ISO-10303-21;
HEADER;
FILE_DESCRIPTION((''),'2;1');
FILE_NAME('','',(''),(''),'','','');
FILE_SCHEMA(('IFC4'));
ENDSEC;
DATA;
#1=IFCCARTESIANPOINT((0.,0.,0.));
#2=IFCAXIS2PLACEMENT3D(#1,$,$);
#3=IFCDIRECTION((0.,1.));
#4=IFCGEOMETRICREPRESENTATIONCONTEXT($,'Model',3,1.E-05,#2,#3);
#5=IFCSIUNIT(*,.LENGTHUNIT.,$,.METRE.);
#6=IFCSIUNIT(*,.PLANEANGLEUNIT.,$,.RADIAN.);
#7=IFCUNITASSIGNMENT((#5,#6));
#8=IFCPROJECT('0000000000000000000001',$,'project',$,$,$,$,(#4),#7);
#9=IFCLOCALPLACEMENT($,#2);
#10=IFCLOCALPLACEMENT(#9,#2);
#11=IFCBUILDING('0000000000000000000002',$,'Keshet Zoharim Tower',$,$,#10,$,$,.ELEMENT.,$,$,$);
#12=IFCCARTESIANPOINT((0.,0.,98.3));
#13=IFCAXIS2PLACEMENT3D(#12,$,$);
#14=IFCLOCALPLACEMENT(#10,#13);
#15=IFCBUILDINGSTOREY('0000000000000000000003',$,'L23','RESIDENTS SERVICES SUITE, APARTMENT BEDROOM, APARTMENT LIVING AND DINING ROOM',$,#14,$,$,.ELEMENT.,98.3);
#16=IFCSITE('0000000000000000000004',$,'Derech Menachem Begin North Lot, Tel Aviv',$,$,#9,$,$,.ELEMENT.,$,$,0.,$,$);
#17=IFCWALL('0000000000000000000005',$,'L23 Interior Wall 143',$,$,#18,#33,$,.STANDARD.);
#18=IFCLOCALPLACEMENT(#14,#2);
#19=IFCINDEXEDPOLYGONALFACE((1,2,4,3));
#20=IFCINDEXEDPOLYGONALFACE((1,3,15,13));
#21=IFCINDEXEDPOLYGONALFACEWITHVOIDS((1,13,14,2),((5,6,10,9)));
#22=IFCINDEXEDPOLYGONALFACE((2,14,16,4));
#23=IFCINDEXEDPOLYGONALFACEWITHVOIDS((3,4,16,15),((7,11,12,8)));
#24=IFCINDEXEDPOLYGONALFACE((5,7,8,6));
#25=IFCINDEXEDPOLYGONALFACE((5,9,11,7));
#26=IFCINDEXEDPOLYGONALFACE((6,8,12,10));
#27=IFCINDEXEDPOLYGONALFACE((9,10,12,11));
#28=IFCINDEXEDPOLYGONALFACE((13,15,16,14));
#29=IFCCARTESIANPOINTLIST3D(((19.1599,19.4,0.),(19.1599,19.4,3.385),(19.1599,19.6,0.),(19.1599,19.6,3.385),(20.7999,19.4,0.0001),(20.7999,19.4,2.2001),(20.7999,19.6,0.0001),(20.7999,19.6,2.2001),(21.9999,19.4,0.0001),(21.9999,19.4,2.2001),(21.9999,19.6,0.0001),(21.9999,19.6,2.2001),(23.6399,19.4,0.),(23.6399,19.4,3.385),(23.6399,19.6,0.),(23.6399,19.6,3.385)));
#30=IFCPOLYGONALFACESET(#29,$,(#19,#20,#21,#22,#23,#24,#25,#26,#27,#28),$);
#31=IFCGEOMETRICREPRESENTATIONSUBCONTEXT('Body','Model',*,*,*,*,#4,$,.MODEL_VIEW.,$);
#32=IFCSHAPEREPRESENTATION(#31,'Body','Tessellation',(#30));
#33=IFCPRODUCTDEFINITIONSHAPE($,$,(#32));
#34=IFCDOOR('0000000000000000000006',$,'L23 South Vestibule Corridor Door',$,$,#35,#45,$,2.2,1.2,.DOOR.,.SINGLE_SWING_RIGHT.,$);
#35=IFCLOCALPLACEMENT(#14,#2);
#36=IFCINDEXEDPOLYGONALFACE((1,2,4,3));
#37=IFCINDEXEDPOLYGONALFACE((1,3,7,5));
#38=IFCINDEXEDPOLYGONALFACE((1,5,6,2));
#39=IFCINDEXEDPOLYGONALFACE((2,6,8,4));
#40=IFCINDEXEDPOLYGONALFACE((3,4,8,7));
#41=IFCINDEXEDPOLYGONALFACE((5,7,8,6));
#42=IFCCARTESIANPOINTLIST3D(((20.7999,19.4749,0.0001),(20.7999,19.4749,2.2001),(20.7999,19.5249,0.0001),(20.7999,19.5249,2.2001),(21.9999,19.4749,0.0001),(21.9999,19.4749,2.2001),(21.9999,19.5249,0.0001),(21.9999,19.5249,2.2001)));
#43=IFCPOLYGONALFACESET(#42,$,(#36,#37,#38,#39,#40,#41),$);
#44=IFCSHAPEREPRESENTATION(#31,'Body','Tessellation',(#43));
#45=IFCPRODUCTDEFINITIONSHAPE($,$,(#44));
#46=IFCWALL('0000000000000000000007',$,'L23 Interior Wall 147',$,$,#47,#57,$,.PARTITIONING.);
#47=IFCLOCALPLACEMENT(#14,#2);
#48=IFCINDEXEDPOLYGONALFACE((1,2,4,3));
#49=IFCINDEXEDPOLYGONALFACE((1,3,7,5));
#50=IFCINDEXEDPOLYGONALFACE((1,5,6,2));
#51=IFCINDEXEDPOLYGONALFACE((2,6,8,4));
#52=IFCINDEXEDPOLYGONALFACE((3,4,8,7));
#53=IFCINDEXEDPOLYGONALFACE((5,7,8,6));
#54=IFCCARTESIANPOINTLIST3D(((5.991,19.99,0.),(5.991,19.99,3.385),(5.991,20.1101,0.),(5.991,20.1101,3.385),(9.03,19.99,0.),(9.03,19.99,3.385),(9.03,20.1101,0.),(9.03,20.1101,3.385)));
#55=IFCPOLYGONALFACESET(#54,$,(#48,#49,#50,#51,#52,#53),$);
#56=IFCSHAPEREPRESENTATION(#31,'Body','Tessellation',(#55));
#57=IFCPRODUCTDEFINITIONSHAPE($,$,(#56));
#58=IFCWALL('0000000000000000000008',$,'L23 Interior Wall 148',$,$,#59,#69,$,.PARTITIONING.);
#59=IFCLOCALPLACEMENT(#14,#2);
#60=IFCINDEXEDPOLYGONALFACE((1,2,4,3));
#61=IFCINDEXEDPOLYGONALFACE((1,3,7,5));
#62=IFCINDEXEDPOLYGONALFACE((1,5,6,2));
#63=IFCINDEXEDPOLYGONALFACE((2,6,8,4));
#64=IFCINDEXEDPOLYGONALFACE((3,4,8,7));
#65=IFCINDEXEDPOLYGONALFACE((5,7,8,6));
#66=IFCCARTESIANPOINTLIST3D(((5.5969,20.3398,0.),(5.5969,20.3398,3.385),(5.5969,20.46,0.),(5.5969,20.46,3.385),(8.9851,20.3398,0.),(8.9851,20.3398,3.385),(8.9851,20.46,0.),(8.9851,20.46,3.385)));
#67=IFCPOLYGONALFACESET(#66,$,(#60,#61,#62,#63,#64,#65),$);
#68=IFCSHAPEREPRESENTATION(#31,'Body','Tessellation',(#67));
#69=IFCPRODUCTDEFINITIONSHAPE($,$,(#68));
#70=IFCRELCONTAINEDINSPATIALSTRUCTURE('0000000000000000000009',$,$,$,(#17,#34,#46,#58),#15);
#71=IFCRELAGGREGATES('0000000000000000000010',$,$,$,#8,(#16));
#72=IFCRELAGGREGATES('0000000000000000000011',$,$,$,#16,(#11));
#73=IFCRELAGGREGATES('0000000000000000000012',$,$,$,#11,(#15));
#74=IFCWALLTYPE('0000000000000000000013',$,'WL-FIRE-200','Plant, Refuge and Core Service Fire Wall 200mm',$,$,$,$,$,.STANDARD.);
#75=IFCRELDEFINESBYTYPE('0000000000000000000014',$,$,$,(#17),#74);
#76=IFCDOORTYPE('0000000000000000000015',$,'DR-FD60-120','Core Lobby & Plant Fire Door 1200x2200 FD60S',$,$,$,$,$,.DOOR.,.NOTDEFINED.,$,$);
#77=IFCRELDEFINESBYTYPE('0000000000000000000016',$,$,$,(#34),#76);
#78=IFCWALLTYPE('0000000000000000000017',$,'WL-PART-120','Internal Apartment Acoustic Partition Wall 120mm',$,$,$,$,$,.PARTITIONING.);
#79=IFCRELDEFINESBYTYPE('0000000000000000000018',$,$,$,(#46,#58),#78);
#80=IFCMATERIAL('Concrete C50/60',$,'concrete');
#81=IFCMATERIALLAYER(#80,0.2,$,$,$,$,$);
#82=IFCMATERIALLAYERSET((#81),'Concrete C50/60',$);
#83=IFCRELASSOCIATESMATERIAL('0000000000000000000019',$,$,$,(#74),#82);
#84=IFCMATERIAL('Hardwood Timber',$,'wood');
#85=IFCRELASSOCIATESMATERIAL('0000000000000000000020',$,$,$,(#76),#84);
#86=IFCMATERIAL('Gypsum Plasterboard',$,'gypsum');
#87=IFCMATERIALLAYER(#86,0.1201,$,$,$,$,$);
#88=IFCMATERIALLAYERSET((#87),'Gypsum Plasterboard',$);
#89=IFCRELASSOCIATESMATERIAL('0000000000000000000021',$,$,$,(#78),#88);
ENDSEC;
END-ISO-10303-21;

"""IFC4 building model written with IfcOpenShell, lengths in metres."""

from ifc_helpers import new_model, si_unit, direction, frame, frame_2d, origin, place, context, subcontext, project, spatial, rectangle, extrude, material, layer, layer_set, type_object, element, fill, save


model = new_model("IFC4")

# Units and contexts
model_context = context("Model", 3, precision=1e-05, world=origin(), true_north=direction((0.0, 1.0)))
body_context = subcontext(model_context, "Body", "Model", "MODEL_VIEW")
ifc_project = project(units=[si_unit("LENGTHUNIT", "METRE"), si_unit("PLANEANGLEUNIT", "RADIAN")], contexts=[model_context])

# Site, building, storey
site_placement = place(None, origin())
site = spatial("IfcSite", under=ifc_project, at=site_placement, Name="Derech Menachem Begin North Lot, Tel Aviv", CompositionType="ELEMENT", RefElevation=0.0)
building_placement = place(site_placement, origin())
building = spatial("IfcBuilding", under=site, at=building_placement, Name="Keshet Zoharim Tower", CompositionType="ELEMENT")
storey_placement = place(building_placement, frame((0.0, 0.0, 98.3)))
storey = spatial("IfcBuildingStorey", under=building, at=storey_placement, Name="L23", Description="RESIDENTS SERVICES SUITE, APARTMENT BEDROOM, APARTMENT LIVING AND DINING ROOM", CompositionType="ELEMENT", Elevation=98.3)

# Wall, opening, door
ifc_material_1 = material(Name="Concrete C50/60", Category="concrete")
ifc_layer_1 = layer(ifc_material_1, 0.2)
ifc_layer_set_1 = layer_set([ifc_layer_1], Name="Concrete C50/60")
wall_type_1 = type_object("IfcWallType", Name="WL-FIRE-200", Description="Plant, Refuge and Core Service Fire Wall 200mm", PredefinedType="STANDARD", material=ifc_layer_set_1)
ifc_material_2 = material(Name="Hardwood Timber", Category="wood")
wall_1_placement = place(storey_placement, frame((19.1599, 19.5, 0.0), z_axis=(0.0, 0.0, 1.0), x_axis=(1.0, 0.0, 0.0)))
wall_1 = element("IfcWall", 1, at=wall_1_placement, inside=storey, type_object=wall_type_1, Name="L23 Interior Wall 143", PredefinedType="STANDARD", context=body_context, shape_type="SweptSolid", body=[
    extrude(rectangle(XDim=4.48, YDim=0.2, at=frame_2d((2.24, 0.0))), origin(), (0.0, 0.0, 1.0), 3.385),
])
opening_1_placement = place(wall_1_placement, frame((1.6399, 0.0, 0.0)))
opening_1 = element("IfcOpeningElement", 2, at=opening_1_placement, cuts=wall_1, PredefinedType="OPENING", context=body_context, shape_type="SweptSolid", body=[
    extrude(rectangle(XDim=1.2, YDim=2.2, at=frame_2d((0.6001, 1.1001))), frame((0.0, 0.1099, 0.0), z_axis=(0.0, -1.0, 0.0), x_axis=(1.0, 0.0, 0.0)), (0.0, 0.0, 1.0), 0.22),
])
door_type_1 = type_object("IfcDoorType", Name="DR-FD60-120", Description="Core Lobby & Plant Fire Door 1200x2200 FD60S", OperationType="NOTDEFINED", PredefinedType="DOOR", material=ifc_material_2)
door_1_placement = place(opening_1_placement, origin())
door_1 = element("IfcDoor", 3, at=door_1_placement, inside=storey, type_object=door_type_1, Name="L23 South Vestibule Corridor Door", OperationType="SINGLE_SWING_RIGHT", OverallHeight=2.2, OverallWidth=1.2, PredefinedType="DOOR", context=body_context, shape_type="SweptSolid", body=[
    extrude(rectangle(XDim=1.2, YDim=2.2, at=frame_2d((0.6001, 1.1001))), frame((0.0, 0.0249, 0.0), z_axis=(0.0, -1.0, 0.0), x_axis=(1.0, 0.0, 0.0)), (0.0, 0.0, 1.0), 0.05),
])
fill(opening_1, door_1)

# Shared definitions
ifc_material_3 = material(Name="Gypsum Plasterboard", Category="gypsum")
ifc_layer_2 = layer(ifc_material_3, 0.1201)
ifc_layer_set_2 = layer_set([ifc_layer_2], Name="Gypsum Plasterboard")
wall_type_2 = type_object("IfcWallType", Name="WL-PART-120", Description="Internal Apartment Acoustic Partition Wall 120mm", PredefinedType="PARTITIONING", material=ifc_layer_set_2)

# Walls
wall_2_placement = place(storey_placement, frame((5.991, 20.05, 0.0), z_axis=(0.0, 0.0, 1.0), x_axis=(1.0, 0.0, 0.0)))
element("IfcWall", 4, at=wall_2_placement, inside=storey, type_object=wall_type_2, Name="L23 Interior Wall 147", PredefinedType="PARTITIONING", context=body_context, shape_type="SweptSolid", body=[
    extrude(rectangle(XDim=3.0391, YDim=0.1201, at=frame_2d((1.5195, 0.0))), origin(), (0.0, 0.0, 1.0), 3.385),
])
wall_3_placement = place(storey_placement, frame((5.5969, 20.3999, 0.0), z_axis=(0.0, 0.0, 1.0), x_axis=(1.0, 0.0, 0.0)))
element("IfcWall", 5, at=wall_3_placement, inside=storey, type_object=wall_type_2, Name="L23 Interior Wall 148", PredefinedType="PARTITIONING", context=body_context, shape_type="SweptSolid", body=[
    extrude(rectangle(XDim=3.3882, YDim=0.1201, at=frame_2d((1.6941, 0.0))), origin(), (0.0, 0.0, 1.0), 3.385),
])

save(model, "model.ifc")
